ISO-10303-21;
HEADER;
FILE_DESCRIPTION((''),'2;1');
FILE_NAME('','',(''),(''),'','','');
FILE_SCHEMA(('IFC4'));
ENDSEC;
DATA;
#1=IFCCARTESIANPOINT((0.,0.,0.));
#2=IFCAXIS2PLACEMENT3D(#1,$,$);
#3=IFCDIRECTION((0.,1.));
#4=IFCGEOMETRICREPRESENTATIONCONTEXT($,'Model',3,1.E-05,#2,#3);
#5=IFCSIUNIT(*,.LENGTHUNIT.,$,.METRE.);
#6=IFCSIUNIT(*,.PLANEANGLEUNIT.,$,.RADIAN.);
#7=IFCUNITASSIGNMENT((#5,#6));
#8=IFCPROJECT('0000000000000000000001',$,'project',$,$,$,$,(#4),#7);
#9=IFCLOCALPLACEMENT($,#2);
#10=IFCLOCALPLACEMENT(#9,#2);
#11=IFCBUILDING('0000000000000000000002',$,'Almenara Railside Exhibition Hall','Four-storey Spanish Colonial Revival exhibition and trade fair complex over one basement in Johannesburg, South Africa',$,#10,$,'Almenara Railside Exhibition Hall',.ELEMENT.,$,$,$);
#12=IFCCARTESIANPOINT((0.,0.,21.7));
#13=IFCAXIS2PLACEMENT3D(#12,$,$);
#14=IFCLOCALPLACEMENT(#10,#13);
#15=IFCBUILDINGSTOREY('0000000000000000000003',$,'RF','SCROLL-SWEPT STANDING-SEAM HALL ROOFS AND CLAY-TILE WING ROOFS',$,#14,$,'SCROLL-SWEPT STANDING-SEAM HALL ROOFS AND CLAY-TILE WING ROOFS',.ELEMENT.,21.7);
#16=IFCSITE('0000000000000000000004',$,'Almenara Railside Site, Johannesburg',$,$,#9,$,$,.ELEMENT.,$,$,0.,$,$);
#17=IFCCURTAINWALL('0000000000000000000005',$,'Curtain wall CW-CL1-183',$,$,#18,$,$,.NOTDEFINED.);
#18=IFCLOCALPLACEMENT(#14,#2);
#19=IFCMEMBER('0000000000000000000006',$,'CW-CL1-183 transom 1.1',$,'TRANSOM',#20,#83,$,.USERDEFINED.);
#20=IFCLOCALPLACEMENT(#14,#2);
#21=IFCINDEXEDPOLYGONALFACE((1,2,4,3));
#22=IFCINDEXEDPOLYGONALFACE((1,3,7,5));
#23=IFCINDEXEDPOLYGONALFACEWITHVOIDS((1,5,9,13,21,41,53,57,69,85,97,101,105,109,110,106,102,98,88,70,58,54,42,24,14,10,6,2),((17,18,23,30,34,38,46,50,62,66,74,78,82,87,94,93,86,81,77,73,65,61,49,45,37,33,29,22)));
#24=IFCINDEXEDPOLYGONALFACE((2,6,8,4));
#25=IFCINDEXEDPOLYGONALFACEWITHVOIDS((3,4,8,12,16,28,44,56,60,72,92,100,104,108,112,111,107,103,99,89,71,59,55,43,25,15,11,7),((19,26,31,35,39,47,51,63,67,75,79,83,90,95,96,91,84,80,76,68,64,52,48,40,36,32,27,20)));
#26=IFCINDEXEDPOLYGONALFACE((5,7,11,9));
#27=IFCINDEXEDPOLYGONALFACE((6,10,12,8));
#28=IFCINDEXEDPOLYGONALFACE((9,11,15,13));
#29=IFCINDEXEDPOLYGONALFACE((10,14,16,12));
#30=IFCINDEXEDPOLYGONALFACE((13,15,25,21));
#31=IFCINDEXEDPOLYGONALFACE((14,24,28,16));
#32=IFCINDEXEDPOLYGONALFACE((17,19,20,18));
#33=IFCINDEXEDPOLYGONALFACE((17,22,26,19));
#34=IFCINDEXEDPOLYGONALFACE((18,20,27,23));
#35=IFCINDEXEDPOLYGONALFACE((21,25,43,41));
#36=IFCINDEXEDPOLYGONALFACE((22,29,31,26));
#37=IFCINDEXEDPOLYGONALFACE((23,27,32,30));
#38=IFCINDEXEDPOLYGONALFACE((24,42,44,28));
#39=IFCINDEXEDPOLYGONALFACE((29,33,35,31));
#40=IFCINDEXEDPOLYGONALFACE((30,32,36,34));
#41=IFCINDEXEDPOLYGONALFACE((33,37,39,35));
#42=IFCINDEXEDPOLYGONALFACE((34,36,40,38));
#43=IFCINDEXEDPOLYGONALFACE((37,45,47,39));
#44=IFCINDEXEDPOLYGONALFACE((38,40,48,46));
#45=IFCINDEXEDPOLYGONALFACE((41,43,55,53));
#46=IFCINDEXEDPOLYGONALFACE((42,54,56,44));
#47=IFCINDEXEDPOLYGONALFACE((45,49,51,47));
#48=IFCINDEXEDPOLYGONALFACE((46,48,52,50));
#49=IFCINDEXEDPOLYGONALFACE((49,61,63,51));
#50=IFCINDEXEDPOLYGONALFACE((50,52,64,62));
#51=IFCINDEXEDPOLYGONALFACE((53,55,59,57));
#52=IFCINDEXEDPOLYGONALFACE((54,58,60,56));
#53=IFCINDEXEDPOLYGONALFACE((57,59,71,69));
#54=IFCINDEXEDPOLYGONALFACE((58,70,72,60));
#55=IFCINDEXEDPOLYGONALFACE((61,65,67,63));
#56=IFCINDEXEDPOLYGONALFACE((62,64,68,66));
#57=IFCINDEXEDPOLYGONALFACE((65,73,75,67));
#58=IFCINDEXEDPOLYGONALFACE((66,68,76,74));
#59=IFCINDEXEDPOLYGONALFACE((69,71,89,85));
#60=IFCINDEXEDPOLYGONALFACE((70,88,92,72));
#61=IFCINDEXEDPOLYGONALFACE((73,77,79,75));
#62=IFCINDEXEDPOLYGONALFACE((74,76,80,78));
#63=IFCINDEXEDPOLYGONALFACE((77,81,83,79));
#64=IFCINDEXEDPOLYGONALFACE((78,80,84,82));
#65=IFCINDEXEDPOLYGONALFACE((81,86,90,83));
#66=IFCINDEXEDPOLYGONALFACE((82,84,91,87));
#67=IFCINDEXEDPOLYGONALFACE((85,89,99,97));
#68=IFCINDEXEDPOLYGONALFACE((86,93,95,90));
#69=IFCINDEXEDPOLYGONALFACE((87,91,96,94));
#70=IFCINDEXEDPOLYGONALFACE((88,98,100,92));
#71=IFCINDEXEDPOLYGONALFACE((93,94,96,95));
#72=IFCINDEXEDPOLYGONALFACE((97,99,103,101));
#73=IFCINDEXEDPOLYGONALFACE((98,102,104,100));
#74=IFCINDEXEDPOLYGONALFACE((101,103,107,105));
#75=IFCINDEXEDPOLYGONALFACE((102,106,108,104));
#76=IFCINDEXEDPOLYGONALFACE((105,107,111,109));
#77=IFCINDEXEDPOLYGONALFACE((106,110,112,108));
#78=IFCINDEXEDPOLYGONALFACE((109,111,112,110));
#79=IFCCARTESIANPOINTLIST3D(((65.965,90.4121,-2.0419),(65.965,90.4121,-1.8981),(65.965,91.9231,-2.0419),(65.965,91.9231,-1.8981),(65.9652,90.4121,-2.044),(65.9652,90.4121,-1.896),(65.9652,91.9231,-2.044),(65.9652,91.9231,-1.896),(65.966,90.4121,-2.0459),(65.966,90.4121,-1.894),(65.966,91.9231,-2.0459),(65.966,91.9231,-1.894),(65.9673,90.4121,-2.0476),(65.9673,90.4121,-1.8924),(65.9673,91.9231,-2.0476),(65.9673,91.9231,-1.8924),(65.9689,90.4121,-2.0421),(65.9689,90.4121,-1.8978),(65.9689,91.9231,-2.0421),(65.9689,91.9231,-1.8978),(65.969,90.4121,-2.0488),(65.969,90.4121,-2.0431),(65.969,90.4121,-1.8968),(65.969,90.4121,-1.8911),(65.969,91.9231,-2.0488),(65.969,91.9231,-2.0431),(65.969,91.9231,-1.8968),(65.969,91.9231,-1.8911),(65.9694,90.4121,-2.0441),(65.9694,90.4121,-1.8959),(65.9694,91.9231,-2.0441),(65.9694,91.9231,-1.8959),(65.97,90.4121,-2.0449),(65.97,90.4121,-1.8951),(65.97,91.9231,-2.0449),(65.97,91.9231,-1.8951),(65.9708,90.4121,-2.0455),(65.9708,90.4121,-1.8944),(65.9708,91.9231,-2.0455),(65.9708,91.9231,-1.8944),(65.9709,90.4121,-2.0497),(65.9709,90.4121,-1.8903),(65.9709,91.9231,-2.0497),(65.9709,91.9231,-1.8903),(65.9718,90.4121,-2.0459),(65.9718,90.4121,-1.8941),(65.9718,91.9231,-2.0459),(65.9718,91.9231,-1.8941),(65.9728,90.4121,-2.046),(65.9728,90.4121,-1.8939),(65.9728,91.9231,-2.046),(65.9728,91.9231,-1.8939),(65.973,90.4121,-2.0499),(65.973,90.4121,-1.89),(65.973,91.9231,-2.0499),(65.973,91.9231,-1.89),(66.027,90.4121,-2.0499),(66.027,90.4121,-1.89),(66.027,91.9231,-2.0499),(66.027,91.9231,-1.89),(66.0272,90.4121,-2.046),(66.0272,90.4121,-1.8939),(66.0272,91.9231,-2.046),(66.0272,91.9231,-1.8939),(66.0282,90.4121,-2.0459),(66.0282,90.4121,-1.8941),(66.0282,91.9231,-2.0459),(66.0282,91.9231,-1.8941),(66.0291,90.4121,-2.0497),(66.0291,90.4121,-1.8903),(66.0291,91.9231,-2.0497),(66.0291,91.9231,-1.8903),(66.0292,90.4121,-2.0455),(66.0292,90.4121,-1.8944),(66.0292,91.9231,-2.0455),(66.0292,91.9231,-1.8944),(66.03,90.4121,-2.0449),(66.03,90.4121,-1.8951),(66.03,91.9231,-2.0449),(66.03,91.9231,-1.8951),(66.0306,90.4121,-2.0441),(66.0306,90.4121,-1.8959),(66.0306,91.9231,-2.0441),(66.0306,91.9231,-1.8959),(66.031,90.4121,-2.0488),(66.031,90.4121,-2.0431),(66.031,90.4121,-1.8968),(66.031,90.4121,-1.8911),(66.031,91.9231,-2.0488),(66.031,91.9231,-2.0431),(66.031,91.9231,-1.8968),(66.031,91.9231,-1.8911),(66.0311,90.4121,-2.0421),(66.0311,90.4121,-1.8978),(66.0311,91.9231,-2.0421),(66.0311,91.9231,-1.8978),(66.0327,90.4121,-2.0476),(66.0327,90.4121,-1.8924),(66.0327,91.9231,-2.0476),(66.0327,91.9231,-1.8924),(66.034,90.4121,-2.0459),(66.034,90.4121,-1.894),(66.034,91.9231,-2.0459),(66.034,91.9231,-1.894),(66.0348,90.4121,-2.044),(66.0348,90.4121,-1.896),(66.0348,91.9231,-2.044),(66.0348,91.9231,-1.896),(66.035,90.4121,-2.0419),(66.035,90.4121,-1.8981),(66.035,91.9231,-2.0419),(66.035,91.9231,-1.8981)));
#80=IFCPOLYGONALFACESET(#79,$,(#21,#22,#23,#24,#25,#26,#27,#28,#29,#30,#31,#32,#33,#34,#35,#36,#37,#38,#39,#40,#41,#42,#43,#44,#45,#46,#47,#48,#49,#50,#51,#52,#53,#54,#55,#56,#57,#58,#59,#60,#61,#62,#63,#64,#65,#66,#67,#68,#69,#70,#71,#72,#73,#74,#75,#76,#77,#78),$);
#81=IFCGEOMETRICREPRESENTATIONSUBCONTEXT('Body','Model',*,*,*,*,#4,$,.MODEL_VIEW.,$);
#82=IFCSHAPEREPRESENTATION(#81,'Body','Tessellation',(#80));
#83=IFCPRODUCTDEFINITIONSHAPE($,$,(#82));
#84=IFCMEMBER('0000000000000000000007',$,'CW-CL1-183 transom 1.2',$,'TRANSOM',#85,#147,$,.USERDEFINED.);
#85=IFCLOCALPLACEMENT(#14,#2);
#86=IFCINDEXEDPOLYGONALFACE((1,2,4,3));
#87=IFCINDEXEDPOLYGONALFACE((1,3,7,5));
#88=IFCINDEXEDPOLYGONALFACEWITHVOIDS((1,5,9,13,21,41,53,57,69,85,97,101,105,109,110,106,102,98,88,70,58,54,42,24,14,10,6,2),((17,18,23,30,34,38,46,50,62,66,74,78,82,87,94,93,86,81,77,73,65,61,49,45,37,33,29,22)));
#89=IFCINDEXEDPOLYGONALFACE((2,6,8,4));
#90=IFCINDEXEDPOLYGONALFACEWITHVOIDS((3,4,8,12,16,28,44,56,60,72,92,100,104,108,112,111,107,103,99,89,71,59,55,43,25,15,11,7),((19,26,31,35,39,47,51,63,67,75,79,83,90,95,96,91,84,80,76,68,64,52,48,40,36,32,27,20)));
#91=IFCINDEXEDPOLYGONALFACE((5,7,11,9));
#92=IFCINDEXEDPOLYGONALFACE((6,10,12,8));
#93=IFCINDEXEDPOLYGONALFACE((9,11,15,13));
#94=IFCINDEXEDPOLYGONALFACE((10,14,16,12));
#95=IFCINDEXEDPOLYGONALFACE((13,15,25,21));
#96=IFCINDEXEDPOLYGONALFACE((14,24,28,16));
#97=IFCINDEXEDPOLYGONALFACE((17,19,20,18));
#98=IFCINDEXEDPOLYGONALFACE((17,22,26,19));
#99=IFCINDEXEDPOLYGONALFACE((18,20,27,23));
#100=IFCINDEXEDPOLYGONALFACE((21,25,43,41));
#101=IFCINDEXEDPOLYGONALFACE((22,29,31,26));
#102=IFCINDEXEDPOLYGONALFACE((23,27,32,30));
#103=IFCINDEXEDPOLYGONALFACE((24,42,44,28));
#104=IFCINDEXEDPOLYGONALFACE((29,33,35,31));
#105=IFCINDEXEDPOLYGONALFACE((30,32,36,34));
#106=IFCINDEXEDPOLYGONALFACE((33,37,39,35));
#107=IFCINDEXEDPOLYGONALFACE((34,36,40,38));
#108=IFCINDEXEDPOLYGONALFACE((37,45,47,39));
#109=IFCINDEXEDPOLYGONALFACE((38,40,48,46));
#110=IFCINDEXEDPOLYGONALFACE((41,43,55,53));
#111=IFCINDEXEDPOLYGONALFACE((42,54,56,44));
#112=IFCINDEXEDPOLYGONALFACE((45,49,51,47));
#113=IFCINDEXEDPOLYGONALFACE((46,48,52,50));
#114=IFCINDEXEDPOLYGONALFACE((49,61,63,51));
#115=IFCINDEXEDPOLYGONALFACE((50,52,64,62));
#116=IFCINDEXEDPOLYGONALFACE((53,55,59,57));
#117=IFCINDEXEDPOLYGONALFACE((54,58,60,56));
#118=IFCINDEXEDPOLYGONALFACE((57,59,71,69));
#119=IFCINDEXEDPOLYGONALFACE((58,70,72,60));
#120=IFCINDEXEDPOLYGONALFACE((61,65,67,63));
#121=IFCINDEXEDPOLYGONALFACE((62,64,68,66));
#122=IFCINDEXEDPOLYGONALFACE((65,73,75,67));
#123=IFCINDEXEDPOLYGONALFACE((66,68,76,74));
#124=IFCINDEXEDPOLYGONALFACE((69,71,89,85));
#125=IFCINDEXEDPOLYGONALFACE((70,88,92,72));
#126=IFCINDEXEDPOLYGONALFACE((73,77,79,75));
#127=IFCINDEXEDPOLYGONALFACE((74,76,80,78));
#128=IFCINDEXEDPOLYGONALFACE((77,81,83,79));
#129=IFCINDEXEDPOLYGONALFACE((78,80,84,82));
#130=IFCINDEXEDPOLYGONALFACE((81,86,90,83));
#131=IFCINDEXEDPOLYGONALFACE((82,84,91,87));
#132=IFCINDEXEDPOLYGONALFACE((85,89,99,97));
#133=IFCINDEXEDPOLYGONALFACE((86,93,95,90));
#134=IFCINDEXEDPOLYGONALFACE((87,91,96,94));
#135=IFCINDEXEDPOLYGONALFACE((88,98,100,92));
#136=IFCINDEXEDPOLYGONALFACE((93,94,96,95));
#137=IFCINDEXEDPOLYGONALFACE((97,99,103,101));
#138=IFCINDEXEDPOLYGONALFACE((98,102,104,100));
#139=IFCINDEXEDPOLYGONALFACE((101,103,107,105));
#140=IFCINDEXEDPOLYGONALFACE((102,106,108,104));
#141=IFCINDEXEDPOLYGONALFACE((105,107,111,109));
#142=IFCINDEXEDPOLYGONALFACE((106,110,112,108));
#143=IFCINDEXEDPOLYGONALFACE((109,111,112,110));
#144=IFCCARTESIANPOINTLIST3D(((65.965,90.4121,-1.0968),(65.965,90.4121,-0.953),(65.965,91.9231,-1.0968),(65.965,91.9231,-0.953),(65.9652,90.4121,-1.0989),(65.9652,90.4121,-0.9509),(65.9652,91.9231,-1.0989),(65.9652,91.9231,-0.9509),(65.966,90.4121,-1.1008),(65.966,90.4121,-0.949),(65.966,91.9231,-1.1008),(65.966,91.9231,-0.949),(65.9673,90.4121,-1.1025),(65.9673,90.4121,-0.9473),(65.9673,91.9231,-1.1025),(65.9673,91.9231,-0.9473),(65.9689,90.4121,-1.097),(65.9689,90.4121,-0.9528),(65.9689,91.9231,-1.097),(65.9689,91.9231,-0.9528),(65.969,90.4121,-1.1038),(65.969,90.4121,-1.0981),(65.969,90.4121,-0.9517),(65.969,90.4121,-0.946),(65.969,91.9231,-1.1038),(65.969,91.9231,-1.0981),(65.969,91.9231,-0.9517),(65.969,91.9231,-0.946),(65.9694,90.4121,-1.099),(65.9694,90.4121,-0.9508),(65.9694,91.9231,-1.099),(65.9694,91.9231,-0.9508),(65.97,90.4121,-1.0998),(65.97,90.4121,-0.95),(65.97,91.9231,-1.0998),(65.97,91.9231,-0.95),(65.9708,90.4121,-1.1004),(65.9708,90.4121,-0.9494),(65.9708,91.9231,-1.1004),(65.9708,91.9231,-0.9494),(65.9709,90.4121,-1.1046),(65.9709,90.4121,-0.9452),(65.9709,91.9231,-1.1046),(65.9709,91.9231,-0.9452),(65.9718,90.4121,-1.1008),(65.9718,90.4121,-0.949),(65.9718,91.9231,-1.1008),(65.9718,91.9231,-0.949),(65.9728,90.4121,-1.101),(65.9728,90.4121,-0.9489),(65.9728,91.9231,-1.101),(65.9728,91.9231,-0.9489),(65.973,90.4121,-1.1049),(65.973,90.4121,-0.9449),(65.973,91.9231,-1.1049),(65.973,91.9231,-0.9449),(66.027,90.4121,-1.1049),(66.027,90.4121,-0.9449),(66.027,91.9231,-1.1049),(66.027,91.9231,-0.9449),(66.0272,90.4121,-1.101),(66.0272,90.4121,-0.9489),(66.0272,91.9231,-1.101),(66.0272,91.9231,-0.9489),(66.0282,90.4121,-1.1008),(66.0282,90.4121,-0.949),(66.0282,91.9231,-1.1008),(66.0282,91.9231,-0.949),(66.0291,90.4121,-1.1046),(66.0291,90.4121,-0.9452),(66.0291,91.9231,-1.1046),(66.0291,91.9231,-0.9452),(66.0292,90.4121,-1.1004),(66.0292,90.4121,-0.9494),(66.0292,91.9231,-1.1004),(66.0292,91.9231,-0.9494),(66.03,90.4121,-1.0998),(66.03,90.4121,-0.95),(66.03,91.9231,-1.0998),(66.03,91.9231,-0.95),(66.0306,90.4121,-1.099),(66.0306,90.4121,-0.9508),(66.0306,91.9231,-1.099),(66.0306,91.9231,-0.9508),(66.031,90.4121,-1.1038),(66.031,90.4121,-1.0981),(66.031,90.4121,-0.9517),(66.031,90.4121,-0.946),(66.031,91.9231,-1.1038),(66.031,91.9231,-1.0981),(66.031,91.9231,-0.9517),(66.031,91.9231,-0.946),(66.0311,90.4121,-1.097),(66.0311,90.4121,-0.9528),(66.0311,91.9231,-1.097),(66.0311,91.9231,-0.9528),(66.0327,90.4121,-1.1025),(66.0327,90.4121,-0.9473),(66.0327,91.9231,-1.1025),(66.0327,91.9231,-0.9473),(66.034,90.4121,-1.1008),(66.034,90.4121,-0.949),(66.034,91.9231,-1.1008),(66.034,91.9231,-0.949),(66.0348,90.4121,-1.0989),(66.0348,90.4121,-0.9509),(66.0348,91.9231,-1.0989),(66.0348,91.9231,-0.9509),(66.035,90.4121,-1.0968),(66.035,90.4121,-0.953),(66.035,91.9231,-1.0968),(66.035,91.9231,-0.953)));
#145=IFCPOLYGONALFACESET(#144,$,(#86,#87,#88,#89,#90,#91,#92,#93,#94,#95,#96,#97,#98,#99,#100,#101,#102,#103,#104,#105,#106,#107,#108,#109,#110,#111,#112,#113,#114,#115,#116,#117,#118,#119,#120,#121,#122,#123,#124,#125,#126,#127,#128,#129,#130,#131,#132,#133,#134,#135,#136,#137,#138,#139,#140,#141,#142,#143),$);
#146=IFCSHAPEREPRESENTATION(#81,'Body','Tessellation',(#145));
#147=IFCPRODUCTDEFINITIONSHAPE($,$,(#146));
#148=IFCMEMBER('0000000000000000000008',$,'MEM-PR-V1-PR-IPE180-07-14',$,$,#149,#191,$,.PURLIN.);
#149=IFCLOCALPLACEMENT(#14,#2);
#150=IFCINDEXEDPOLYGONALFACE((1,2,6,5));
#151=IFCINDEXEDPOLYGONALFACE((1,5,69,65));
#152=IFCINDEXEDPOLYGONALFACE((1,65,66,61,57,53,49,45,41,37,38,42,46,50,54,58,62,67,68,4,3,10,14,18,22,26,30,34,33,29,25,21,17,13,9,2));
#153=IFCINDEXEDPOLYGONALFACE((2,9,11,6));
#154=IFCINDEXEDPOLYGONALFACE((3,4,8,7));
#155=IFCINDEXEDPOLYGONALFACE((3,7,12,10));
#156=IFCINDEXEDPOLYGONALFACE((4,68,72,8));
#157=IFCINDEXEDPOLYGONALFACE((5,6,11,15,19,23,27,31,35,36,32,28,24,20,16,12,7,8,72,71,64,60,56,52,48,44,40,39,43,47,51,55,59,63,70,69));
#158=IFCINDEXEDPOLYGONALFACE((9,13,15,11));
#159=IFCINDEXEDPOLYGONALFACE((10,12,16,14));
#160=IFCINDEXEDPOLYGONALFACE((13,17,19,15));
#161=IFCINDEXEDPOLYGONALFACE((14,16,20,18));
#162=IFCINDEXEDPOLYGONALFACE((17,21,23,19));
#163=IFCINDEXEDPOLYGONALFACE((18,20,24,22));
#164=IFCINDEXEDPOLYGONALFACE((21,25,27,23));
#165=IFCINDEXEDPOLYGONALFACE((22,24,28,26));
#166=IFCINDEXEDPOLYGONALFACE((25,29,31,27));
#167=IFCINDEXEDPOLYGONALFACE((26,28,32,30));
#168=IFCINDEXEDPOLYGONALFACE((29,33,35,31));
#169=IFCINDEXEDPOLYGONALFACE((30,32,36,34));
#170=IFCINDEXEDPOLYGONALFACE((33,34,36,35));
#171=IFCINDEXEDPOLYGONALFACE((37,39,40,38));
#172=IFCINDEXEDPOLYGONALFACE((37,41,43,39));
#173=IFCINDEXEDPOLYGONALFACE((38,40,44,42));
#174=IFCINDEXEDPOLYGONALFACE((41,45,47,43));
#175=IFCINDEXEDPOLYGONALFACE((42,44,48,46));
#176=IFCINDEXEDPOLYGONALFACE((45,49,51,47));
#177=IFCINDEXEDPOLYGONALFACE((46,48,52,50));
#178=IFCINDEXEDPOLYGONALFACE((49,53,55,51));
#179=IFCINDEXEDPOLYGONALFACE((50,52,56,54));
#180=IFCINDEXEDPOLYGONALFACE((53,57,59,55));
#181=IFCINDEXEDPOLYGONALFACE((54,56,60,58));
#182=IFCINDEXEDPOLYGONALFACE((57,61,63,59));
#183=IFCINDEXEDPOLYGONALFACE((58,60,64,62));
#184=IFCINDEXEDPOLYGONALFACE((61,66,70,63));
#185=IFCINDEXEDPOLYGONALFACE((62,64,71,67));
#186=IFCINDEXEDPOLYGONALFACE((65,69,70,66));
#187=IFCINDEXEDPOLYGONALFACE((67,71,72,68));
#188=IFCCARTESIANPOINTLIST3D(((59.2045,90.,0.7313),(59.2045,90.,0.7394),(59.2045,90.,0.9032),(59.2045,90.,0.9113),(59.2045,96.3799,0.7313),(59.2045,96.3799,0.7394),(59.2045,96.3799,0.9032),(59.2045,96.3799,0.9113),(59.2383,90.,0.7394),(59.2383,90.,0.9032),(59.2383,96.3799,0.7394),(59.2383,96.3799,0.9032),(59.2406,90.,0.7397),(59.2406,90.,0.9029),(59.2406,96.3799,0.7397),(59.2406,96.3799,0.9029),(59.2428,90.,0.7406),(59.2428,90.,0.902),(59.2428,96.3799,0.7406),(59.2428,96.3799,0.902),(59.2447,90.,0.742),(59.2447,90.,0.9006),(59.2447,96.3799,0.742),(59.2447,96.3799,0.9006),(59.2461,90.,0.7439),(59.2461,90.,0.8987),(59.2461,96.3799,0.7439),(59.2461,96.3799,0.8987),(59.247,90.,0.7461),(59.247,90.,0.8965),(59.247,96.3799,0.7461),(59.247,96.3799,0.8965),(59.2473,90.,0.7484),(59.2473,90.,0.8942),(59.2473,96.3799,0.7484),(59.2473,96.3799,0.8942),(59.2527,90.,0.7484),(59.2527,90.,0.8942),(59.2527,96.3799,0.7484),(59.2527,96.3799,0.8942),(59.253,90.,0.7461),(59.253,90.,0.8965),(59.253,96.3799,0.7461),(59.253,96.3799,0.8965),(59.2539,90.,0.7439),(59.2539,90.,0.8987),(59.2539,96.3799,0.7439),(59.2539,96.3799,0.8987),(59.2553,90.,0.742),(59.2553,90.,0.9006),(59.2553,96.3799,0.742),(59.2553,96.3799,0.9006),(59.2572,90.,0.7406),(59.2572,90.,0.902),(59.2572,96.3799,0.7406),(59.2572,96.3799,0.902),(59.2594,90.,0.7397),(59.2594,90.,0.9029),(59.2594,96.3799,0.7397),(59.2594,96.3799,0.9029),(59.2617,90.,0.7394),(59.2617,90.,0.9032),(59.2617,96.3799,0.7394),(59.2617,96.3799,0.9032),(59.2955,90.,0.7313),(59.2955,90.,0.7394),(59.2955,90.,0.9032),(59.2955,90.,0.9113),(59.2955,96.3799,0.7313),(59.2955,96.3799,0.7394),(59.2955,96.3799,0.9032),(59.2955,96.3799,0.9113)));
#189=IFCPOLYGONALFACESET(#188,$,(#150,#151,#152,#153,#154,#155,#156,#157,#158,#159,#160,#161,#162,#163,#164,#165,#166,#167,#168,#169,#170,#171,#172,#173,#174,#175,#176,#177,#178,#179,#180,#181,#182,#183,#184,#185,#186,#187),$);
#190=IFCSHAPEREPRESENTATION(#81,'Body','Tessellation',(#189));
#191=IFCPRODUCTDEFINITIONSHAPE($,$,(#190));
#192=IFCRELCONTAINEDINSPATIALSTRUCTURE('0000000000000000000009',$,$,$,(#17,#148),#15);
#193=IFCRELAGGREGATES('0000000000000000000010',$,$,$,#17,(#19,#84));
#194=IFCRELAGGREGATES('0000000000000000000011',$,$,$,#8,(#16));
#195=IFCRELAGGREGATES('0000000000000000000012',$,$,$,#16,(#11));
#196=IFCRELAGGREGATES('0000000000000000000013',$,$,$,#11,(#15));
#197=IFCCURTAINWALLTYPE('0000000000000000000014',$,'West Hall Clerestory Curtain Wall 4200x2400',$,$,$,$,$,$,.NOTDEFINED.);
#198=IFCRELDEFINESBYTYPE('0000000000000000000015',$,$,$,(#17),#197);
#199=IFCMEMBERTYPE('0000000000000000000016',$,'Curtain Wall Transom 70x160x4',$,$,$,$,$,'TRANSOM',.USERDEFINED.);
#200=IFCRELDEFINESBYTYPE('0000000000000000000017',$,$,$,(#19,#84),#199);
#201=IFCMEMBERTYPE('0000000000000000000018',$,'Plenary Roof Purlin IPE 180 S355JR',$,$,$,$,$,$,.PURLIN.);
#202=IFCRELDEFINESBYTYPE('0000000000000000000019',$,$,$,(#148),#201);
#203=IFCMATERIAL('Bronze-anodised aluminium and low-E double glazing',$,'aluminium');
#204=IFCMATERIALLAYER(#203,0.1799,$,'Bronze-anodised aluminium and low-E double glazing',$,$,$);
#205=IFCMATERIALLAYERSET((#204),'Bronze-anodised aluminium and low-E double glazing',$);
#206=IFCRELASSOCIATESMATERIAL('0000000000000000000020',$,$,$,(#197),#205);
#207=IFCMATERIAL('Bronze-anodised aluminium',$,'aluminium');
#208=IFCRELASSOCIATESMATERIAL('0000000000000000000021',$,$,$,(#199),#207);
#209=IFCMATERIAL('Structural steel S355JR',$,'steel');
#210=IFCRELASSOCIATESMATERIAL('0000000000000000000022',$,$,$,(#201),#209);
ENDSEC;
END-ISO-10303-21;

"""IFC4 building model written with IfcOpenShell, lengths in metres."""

from ifc_helpers import new_model, si_unit, direction, frame, origin, origin_2d, place, context, subcontext, project, spatial, hollow_rectangle, i_section, extrude, material, layer, layer_set, material_profile, profile_set, type_object, element, aggregate, save


model = new_model("IFC4")

# Units and contexts
model_context = context("Model", 3, precision=1e-05, world=origin(), true_north=direction((0.0, 1.0)))
body_context = subcontext(model_context, "Body", "Model", "MODEL_VIEW")
ifc_project = project(units=[si_unit("LENGTHUNIT", "METRE"), si_unit("PLANEANGLEUNIT", "RADIAN")], contexts=[model_context])

# Site, building, storey
site_placement = place(None, origin())
site = spatial("IfcSite", under=ifc_project, at=site_placement, Name="Almenara Railside Site, Johannesburg", CompositionType="ELEMENT", RefElevation=0.0)
building_placement = place(site_placement, origin())
building = spatial("IfcBuilding", under=site, at=building_placement, Name="Almenara Railside Exhibition Hall", Description="Four-storey Spanish Colonial Revival exhibition and trade fair complex over one basement in Johannesburg, South Africa", LongName="Almenara Railside Exhibition Hall", CompositionType="ELEMENT")
storey_placement = place(building_placement, frame((0.0, 0.0, 21.7)))
storey = spatial("IfcBuildingStorey", under=building, at=storey_placement, Name="RF", Description="SCROLL-SWEPT STANDING-SEAM HALL ROOFS AND CLAY-TILE WING ROOFS", LongName="SCROLL-SWEPT STANDING-SEAM HALL ROOFS AND CLAY-TILE WING ROOFS", CompositionType="ELEMENT", Elevation=21.7)

# Shared definitions
ifc_material_1 = material(Name="Structural steel S355JR", Category="steel")

# Shared definitions
ifc_material_2 = material(Name="Bronze-anodised aluminium and low-E double glazing", Category="aluminium")
ifc_layer_1 = layer(ifc_material_2, 0.1799, Name="Bronze-anodised aluminium and low-E double glazing")
ifc_layer_set_1 = layer_set([ifc_layer_1], Name="Bronze-anodised aluminium and low-E double glazing")
curtain_wall_type = type_object("IfcCurtainWallType", Name="West Hall Clerestory Curtain Wall 4200x2400", PredefinedType="NOTDEFINED", material=ifc_layer_set_1)
ifc_material_3 = material(Name="Bronze-anodised aluminium", Category="aluminium")

# Curtain wall
curtain_wall_1_placement = place(storey_placement, origin())
curtain_wall_1 = element("IfcCurtainWall", 1, at=curtain_wall_1_placement, inside=storey, type_object=curtain_wall_type, Name="Curtain wall CW-CL1-183", PredefinedType="NOTDEFINED")

# Members
ifc_material_profile_1 = material_profile(ifc_material_3, hollow_rectangle(XDim=0.0701, YDim=0.1599, WallThickness=0.0039, InnerFilletRadius=0.0039, OuterFilletRadius=0.0081, at=origin_2d()), Name="ALU-TRN 70x160x4")
ifc_profile_set_1 = profile_set([ifc_material_profile_1], Name="Bronze-anodised aluminium")
member_type_1 = type_object("IfcMemberType", Name="Curtain Wall Transom 70x160x4", ElementType="TRANSOM", PredefinedType="USERDEFINED", material=ifc_profile_set_1)
member_1_placement = place(storey_placement, frame((66.0, 90.4121, -1.97), z_axis=(0.0, 1.0, 0.0), x_axis=(-1.0, 0.0, 0.0)))
member_1 = element("IfcMember", 2, at=member_1_placement, type_object=member_type_1, Name="CW-CL1-183 transom 1.1", ObjectType="TRANSOM", PredefinedType="USERDEFINED", context=body_context, shape_type="SweptSolid", body=[
    extrude(hollow_rectangle(XDim=0.0701, YDim=0.1599, WallThickness=0.0039, InnerFilletRadius=0.0039, OuterFilletRadius=0.0081, at=origin_2d()), origin(), (0.0, 0.0, 1.0), 1.511),
])
member_2_placement = place(storey_placement, frame((66.0, 90.4121, -1.0249), z_axis=(0.0, 1.0, 0.0), x_axis=(-1.0, 0.0, 0.0)))
member_2 = element("IfcMember", 3, at=member_2_placement, type_object=member_type_1, Name="CW-CL1-183 transom 1.2", ObjectType="TRANSOM", PredefinedType="USERDEFINED", context=body_context, shape_type="SweptSolid", body=[
    extrude(hollow_rectangle(XDim=0.0701, YDim=0.1599, WallThickness=0.0039, InnerFilletRadius=0.0039, OuterFilletRadius=0.0081, at=origin_2d()), origin(), (0.0, 0.0, 1.0), 1.511),
])
aggregate(curtain_wall_1, [member_1, member_2])
ifc_material_profile_2 = material_profile(ifc_material_1, i_section(OverallWidth=0.0911, OverallDepth=0.1799, WebThickness=0.0054, FlangeThickness=0.0081, FilletRadius=0.009, at=origin_2d()), Name="IPE 180")
ifc_profile_set_2 = profile_set([ifc_material_profile_2], Name="Structural steel S355JR")
member_type_2 = type_object("IfcMemberType", Name="Plenary Roof Purlin IPE 180 S355JR", PredefinedType="PURLIN", material=ifc_profile_set_2)
member_3_placement = place(storey_placement, frame((59.25, 90.0, 0.8213), z_axis=(0.0, 1.0, 0.0), x_axis=(-1.0, 0.0, 0.0)))
element("IfcMember", 4, at=member_3_placement, inside=storey, type_object=member_type_2, Name="MEM-PR-V1-PR-IPE180-07-14", PredefinedType="PURLIN", context=body_context, shape_type="SweptSolid", body=[
    extrude(i_section(OverallWidth=0.0911, OverallDepth=0.1799, WebThickness=0.0054, FlangeThickness=0.0081, FilletRadius=0.009, at=origin_2d()), origin(), (0.0, 0.0, 1.0), 6.3799),
])

save(model, "model.ifc")
